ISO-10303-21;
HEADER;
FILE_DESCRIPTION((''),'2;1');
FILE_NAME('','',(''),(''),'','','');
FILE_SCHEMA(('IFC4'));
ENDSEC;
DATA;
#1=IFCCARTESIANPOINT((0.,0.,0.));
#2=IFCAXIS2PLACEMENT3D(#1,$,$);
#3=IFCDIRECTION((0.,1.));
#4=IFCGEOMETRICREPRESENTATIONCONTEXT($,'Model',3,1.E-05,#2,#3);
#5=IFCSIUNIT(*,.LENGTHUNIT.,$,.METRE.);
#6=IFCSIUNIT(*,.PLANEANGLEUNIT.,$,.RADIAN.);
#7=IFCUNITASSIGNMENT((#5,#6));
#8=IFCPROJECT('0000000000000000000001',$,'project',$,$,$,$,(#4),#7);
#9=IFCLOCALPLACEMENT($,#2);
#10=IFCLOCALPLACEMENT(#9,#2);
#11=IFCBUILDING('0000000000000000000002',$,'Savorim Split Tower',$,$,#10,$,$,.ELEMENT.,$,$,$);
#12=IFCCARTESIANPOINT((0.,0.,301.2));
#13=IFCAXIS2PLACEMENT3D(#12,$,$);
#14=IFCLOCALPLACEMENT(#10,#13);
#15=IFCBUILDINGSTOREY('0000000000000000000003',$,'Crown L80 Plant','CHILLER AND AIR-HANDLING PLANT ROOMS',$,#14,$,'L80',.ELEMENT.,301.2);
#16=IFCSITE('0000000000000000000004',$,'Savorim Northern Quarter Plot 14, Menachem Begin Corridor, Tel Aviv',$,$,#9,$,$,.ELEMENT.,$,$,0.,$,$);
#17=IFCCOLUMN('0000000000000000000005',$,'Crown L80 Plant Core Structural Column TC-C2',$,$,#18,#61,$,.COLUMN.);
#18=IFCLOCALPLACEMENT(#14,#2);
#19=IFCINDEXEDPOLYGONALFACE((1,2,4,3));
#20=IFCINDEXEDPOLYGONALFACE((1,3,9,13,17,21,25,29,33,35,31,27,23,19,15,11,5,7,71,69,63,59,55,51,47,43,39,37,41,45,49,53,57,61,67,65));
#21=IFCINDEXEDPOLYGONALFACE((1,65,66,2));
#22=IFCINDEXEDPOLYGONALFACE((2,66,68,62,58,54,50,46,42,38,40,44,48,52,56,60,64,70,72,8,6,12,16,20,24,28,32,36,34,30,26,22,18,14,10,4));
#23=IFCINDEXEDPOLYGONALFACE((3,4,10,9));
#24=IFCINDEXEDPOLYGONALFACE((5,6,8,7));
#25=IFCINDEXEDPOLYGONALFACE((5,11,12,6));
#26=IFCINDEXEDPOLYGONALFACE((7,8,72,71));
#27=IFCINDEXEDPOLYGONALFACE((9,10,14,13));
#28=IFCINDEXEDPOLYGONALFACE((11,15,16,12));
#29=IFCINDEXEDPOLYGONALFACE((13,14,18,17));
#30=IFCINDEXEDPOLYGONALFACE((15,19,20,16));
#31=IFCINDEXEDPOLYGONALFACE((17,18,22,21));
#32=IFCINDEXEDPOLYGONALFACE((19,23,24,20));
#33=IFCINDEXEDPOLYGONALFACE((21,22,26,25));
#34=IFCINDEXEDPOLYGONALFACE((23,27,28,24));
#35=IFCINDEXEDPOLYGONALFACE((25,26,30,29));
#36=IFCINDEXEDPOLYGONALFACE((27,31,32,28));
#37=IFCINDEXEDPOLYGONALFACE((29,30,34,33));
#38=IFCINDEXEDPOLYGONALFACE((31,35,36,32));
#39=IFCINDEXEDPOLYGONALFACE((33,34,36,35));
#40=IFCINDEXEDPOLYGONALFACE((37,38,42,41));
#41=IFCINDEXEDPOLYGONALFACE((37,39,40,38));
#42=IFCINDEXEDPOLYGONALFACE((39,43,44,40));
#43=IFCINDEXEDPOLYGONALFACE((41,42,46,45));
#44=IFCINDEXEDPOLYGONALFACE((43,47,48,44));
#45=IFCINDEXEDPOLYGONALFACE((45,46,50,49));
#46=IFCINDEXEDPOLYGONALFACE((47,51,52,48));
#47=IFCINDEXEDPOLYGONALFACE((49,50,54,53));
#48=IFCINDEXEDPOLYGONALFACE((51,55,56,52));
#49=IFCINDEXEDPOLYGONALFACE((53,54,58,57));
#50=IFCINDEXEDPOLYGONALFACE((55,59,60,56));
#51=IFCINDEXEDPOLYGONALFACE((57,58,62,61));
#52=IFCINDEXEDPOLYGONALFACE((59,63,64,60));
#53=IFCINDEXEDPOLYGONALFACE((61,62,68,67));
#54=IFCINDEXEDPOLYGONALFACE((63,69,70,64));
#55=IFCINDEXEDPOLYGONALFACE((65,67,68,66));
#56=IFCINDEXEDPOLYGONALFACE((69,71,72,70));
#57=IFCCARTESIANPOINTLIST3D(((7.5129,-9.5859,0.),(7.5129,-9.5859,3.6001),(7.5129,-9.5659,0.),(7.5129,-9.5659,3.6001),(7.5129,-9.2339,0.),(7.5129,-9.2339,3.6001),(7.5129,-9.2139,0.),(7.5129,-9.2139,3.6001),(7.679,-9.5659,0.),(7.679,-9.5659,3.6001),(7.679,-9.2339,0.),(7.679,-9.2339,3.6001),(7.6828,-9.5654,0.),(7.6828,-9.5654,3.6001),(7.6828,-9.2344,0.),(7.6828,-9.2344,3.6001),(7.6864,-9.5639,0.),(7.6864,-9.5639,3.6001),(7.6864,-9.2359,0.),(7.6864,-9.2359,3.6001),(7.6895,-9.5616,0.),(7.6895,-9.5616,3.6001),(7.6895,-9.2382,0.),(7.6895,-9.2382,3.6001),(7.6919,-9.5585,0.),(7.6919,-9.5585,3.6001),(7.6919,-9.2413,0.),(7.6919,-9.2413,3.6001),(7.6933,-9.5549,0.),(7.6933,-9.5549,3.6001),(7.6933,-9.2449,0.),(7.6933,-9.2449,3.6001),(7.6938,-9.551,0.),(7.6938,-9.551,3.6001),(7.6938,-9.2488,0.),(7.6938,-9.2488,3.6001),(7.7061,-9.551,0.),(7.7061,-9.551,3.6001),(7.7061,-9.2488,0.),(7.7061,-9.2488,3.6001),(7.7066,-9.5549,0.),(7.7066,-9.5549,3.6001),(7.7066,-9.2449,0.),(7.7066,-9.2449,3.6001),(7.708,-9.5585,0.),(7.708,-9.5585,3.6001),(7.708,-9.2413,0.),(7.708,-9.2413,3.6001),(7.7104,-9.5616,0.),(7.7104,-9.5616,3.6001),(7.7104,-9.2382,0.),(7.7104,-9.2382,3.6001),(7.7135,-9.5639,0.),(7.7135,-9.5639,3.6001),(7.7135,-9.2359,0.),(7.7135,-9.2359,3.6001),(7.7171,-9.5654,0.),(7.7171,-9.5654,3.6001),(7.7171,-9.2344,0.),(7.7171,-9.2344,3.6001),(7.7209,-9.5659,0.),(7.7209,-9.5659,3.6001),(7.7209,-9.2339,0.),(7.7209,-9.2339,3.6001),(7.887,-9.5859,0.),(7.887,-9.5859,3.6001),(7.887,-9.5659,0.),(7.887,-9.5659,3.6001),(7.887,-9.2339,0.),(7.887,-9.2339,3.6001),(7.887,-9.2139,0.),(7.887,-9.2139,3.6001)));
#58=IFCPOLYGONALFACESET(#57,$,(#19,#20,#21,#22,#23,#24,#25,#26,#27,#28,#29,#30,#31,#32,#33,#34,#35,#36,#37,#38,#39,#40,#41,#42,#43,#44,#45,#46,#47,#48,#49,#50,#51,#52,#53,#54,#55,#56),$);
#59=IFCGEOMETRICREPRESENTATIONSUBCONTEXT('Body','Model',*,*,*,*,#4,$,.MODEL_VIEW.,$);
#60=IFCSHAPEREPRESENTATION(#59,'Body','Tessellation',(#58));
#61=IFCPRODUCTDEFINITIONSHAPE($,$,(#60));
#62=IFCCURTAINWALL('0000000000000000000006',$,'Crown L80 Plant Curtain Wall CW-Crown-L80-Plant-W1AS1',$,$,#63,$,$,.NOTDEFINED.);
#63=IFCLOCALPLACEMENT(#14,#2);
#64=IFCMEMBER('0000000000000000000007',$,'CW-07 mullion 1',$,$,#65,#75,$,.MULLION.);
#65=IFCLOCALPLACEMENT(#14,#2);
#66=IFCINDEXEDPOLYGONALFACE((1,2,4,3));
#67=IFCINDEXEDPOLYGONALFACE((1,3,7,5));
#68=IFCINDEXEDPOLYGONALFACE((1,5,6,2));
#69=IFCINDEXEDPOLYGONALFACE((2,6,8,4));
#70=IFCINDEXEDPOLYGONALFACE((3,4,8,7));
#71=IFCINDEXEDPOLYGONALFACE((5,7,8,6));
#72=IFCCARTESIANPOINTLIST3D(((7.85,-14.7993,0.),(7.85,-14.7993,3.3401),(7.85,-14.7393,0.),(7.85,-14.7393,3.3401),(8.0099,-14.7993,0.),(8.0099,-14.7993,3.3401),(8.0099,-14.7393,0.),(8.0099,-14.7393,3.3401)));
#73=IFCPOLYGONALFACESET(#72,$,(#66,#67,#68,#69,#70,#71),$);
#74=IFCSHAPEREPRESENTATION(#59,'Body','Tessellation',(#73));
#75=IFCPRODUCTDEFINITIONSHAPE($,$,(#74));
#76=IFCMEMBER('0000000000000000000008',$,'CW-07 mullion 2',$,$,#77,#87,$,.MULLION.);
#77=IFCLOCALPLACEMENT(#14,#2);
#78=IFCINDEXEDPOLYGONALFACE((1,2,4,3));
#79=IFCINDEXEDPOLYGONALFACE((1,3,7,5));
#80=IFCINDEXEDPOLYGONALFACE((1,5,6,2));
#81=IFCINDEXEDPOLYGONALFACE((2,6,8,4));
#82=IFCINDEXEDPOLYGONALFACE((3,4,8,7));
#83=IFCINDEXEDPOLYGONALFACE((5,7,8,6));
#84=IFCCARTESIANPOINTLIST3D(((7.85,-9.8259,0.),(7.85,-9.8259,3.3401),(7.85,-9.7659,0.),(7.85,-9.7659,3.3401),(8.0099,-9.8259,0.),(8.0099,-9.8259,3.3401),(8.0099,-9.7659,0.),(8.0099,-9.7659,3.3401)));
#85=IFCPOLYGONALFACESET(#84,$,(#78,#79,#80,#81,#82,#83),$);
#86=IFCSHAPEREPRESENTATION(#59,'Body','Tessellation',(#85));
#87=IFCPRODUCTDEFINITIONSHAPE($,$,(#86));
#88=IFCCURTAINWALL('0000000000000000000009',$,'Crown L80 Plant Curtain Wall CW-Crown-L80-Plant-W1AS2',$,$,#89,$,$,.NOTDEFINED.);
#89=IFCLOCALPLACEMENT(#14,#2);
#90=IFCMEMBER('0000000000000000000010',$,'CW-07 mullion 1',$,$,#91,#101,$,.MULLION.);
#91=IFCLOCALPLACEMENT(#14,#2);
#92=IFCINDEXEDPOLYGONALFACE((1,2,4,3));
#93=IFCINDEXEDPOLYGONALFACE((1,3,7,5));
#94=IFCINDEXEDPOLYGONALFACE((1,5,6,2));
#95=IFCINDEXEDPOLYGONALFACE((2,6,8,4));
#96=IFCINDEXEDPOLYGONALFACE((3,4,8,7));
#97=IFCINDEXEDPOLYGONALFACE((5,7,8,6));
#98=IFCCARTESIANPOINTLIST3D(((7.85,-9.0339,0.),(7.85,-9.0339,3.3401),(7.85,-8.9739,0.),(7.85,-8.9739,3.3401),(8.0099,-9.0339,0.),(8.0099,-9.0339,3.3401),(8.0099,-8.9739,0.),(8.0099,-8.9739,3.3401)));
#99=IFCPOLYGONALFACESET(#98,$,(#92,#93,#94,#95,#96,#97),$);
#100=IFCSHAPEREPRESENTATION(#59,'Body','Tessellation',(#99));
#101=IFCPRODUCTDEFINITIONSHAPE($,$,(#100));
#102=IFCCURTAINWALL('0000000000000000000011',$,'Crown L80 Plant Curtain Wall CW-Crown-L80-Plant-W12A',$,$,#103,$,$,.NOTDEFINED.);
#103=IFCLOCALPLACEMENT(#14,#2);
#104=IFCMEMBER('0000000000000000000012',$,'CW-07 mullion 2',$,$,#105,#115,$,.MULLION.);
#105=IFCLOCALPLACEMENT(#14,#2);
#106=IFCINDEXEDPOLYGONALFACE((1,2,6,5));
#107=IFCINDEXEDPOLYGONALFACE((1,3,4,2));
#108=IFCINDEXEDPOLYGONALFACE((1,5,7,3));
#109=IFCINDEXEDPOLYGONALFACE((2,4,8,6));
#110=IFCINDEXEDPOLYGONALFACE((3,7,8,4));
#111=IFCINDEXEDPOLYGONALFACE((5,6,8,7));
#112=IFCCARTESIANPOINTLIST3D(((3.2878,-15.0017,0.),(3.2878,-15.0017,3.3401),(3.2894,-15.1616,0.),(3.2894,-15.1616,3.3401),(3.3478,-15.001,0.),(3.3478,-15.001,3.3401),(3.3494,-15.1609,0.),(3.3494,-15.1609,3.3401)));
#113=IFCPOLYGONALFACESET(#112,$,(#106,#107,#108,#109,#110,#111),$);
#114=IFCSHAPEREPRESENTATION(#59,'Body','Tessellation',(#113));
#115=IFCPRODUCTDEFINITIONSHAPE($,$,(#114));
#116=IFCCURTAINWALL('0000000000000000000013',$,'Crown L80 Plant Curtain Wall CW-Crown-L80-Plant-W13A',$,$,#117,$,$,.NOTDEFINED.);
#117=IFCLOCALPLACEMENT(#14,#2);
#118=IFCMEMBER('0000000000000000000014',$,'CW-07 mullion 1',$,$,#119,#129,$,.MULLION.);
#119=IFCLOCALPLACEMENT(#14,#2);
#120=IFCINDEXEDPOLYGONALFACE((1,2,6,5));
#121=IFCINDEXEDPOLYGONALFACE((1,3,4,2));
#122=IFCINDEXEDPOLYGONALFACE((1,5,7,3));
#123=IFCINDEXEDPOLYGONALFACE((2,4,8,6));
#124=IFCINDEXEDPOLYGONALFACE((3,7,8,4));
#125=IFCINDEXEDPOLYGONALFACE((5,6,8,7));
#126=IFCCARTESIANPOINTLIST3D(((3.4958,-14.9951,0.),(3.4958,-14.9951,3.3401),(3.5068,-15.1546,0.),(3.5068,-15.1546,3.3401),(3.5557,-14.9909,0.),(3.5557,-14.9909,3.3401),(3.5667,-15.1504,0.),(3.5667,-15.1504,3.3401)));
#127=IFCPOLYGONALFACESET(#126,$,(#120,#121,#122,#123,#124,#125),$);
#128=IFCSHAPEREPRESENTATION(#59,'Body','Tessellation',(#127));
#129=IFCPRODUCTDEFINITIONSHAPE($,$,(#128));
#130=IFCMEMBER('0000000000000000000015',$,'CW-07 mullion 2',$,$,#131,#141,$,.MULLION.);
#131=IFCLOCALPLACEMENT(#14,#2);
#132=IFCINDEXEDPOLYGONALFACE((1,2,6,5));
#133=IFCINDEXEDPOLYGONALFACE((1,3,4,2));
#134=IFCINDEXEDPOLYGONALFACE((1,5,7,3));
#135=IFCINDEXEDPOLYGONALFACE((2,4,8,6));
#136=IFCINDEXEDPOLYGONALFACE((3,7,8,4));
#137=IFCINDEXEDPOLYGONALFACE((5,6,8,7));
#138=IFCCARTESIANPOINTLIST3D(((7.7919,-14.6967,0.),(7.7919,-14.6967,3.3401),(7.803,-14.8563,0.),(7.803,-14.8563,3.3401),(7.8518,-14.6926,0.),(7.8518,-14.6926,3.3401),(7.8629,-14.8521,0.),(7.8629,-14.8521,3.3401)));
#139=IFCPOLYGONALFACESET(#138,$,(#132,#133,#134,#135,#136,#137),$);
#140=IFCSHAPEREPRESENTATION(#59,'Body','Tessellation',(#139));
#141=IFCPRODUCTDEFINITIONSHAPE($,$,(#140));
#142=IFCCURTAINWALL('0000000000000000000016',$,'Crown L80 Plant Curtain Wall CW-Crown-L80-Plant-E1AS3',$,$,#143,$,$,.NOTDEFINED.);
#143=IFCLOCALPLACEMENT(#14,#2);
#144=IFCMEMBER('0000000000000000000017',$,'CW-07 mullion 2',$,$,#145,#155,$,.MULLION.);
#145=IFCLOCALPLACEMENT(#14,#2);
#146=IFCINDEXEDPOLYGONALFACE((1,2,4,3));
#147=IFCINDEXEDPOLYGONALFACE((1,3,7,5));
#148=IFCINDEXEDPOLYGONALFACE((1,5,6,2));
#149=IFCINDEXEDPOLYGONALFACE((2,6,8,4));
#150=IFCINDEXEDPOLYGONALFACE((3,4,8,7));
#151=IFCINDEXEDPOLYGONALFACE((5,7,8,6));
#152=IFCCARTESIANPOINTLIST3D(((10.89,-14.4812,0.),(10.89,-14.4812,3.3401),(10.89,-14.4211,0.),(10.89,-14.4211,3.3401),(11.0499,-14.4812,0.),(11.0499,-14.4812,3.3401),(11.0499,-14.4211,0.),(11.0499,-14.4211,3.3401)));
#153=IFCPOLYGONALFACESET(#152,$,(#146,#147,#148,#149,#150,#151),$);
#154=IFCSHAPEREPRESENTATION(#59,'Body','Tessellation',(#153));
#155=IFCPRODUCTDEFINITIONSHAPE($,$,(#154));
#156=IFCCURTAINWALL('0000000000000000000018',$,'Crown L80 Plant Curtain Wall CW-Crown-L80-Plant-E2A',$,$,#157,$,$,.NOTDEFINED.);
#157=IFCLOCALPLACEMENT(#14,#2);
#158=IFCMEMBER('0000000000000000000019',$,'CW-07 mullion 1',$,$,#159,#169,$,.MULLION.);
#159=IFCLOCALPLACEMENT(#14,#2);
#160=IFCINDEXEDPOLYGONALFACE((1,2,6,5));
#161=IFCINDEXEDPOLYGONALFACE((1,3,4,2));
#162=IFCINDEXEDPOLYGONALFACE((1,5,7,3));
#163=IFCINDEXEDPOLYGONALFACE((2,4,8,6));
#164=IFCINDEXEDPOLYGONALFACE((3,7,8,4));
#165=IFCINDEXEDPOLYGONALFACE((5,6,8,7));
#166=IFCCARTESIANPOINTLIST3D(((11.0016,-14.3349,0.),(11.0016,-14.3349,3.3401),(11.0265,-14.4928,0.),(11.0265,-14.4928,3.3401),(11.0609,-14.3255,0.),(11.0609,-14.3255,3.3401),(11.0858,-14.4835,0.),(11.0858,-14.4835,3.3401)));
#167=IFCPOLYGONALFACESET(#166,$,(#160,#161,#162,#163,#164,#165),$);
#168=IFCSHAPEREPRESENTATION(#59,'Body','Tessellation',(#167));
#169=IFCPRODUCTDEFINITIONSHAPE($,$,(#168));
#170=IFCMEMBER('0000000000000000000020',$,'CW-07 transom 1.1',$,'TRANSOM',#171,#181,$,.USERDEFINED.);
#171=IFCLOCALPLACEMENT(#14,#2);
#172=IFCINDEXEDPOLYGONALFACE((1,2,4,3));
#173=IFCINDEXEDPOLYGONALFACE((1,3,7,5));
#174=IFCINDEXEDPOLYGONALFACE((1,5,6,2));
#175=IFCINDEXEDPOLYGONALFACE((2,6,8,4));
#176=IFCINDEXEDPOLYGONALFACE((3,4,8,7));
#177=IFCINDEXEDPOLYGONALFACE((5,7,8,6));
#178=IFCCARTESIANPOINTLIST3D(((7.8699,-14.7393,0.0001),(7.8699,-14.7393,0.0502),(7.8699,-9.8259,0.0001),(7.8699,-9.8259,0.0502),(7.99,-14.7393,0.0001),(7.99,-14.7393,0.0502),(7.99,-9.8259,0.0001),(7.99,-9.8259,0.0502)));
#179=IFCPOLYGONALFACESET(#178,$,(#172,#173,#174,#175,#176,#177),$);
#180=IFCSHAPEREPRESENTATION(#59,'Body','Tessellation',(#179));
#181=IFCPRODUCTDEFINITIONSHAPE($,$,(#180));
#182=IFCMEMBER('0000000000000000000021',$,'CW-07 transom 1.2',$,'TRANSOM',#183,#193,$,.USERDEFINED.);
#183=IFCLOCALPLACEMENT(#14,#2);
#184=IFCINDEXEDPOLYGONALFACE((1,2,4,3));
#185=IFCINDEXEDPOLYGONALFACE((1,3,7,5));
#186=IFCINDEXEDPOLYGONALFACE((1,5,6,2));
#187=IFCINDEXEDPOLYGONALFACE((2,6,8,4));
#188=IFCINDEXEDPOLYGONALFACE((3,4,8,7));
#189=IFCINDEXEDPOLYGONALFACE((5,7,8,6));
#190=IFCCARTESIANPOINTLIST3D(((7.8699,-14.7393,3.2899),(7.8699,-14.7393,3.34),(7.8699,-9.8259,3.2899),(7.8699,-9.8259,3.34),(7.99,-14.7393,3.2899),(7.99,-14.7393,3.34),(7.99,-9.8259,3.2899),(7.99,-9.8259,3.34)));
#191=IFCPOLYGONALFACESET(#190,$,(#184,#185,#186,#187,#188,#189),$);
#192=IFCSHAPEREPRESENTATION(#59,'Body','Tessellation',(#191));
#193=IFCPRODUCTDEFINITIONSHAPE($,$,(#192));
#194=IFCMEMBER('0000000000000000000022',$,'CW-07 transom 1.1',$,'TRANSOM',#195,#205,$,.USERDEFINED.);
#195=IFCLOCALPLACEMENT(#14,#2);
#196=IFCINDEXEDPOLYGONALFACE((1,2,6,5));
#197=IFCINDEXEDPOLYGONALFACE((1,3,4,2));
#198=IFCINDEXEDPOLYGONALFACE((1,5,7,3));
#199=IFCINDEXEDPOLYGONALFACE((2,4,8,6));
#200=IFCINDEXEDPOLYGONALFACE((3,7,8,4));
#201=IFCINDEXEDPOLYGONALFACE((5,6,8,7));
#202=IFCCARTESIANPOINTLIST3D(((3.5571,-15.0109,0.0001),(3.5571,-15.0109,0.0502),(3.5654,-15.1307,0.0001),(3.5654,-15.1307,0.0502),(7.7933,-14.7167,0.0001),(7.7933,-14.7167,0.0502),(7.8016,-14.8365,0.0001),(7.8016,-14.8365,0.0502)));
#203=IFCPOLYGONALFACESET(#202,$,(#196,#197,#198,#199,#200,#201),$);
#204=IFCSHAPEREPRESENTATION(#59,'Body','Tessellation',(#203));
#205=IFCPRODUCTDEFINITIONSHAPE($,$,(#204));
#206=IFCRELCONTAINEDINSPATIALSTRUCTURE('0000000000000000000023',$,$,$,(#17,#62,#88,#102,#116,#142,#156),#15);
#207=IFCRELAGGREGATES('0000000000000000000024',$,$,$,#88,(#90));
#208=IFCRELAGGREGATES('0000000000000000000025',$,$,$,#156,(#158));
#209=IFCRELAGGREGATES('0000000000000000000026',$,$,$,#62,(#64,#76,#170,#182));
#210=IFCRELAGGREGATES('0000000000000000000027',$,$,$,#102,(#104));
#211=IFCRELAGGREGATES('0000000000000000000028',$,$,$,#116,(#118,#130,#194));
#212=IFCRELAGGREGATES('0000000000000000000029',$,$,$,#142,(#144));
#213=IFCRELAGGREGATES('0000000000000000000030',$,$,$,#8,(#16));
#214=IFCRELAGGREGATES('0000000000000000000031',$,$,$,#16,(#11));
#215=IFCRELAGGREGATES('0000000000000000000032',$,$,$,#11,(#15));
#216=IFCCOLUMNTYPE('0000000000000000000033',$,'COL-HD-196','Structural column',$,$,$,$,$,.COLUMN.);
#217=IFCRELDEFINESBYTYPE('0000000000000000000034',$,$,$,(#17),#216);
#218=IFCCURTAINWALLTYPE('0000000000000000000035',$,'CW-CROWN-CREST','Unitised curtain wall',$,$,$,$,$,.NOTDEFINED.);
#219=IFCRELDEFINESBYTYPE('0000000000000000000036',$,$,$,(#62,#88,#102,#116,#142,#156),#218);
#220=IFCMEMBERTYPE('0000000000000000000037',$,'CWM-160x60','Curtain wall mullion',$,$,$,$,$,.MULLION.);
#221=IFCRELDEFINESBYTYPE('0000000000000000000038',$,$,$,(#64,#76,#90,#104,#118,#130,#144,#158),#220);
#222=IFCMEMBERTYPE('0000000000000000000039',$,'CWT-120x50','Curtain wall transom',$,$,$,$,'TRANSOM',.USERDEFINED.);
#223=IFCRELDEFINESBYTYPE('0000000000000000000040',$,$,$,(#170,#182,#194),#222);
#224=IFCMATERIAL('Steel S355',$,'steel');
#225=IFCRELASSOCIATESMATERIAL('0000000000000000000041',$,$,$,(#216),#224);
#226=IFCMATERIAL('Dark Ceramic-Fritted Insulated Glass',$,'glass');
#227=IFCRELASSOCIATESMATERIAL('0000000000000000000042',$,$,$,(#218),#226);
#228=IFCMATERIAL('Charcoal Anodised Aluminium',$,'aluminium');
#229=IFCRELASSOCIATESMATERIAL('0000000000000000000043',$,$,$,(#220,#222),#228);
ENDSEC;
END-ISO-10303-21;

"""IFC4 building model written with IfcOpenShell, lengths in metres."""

from ifc_helpers import new_model, si_unit, direction, frame, origin, origin_2d, place, context, subcontext, project, spatial, rectangle, i_section, extrude, material, material_profile, profile_set, type_object, element, aggregate, save


model = new_model("IFC4")

# Units and contexts
model_context = context("Model", 3, precision=1e-05, world=origin(), true_north=direction((0.0, 1.0)))
body_context = subcontext(model_context, "Body", "Model", "MODEL_VIEW")
ifc_project = project(units=[si_unit("LENGTHUNIT", "METRE"), si_unit("PLANEANGLEUNIT", "RADIAN")], contexts=[model_context])

# Site, building, storey
site_placement = place(None, origin())
site = spatial("IfcSite", under=ifc_project, at=site_placement, Name="Savorim Northern Quarter Plot 14, Menachem Begin Corridor, Tel Aviv", CompositionType="ELEMENT", RefElevation=0.0)
building_placement = place(site_placement, origin())
building = spatial("IfcBuilding", under=site, at=building_placement, Name="Savorim Split Tower", CompositionType="ELEMENT")
storey_placement = place(building_placement, frame((0.0, 0.0, 301.2)))
storey = spatial("IfcBuildingStorey", under=building, at=storey_placement, Name="Crown L80 Plant", Description="CHILLER AND AIR-HANDLING PLANT ROOMS", LongName="L80", CompositionType="ELEMENT", Elevation=301.2)

# Column
ifc_material_1 = material(Name="Steel S355", Category="steel")
ifc_material_profile_1 = material_profile(ifc_material_1, i_section(OverallWidth=0.374, OverallDepth=0.3721, WebThickness=0.0122, FlangeThickness=0.02, FilletRadius=0.0149, at=origin_2d()), Name="HD 360x196")
ifc_profile_set_1 = profile_set([ifc_material_profile_1], Name="Steel S355")
column_type = type_object("IfcColumnType", Name="COL-HD-196", Description="Structural column", PredefinedType="COLUMN", material=ifc_profile_set_1)
column_placement = place(storey_placement, frame((7.7, -9.3999, 0.0), z_axis=(0.0, 0.0, 1.0), x_axis=(1.0, 0.0, 0.0)))
element("IfcColumn", 1, at=column_placement, inside=storey, type_object=column_type, Name="Crown L80 Plant Core Structural Column TC-C2", PredefinedType="COLUMN", context=body_context, shape_type="SweptSolid", body=[
    extrude(i_section(OverallWidth=0.374, OverallDepth=0.3721, WebThickness=0.0122, FlangeThickness=0.02, FilletRadius=0.0149, at=origin_2d()), origin(), (0.0, 0.0, 1.0), 3.6001),
])

# Curtain wall, members
ifc_material_2 = material(Name="Dark Ceramic-Fritted Insulated Glass", Category="glass")
curtain_wall_type = type_object("IfcCurtainWallType", Name="CW-CROWN-CREST", Description="Unitised curtain wall", PredefinedType="NOTDEFINED", material=ifc_material_2)
curtain_wall_1_placement = place(storey_placement, origin())
curtain_wall_1 = element("IfcCurtainWall", 2, at=curtain_wall_1_placement, inside=storey, type_object=curtain_wall_type, Name="Crown L80 Plant Curtain Wall CW-Crown-L80-Plant-W1AS1", PredefinedType="NOTDEFINED")
ifc_material_3 = material(Name="Charcoal Anodised Aluminium", Category="aluminium")
ifc_material_profile_2 = material_profile(ifc_material_3, rectangle(XDim=0.1599, YDim=0.0601, at=origin_2d()), Name="ALU-M 160x60")
ifc_profile_set_2 = profile_set([ifc_material_profile_2], Name="Charcoal Anodised Aluminium")
member_type_1 = type_object("IfcMemberType", Name="CWM-160x60", Description="Curtain wall mullion", PredefinedType="MULLION", material=ifc_profile_set_2)
member_1_placement = place(storey_placement, frame((7.9299, -14.7693, 0.0), z_axis=(0.0, 0.0, 1.0), x_axis=(-1.0, 0.0, 0.0)))
member_1 = element("IfcMember", 3, at=member_1_placement, type_object=member_type_1, Name="CW-07 mullion 1", PredefinedType="MULLION", context=body_context, shape_type="SweptSolid", body=[
    extrude(rectangle(XDim=0.1599, YDim=0.0601, at=origin_2d()), origin(), (0.0, 0.0, 1.0), 3.3401),
])
member_2_placement = place(storey_placement, frame((7.9299, -9.7959, 0.0), z_axis=(0.0, 0.0, 1.0), x_axis=(-1.0, 0.0, 0.0)))
member_2 = element("IfcMember", 4, at=member_2_placement, type_object=member_type_1, Name="CW-07 mullion 2", PredefinedType="MULLION", context=body_context, shape_type="SweptSolid", body=[
    extrude(rectangle(XDim=0.1599, YDim=0.0601, at=origin_2d()), origin(), (0.0, 0.0, 1.0), 3.3401),
])

# Curtain walls, members
curtain_wall_2_placement = place(storey_placement, origin())
curtain_wall_2 = element("IfcCurtainWall", 5, at=curtain_wall_2_placement, inside=storey, type_object=curtain_wall_type, Name="Crown L80 Plant Curtain Wall CW-Crown-L80-Plant-W1AS2", PredefinedType="NOTDEFINED")
member_3_placement = place(storey_placement, frame((7.9299, -9.0039, 0.0), z_axis=(0.0, 0.0, 1.0), x_axis=(-1.0, 0.0, 0.0)))
member_3 = element("IfcMember", 6, at=member_3_placement, type_object=member_type_1, Name="CW-07 mullion 1", PredefinedType="MULLION", context=body_context, shape_type="SweptSolid", body=[
    extrude(rectangle(XDim=0.1599, YDim=0.0601, at=origin_2d()), origin(), (0.0, 0.0, 1.0), 3.3401),
])
aggregate(curtain_wall_2, [member_3])
curtain_wall_3_placement = place(storey_placement, origin())
curtain_wall_3 = element("IfcCurtainWall", 7, at=curtain_wall_3_placement, inside=storey, type_object=curtain_wall_type, Name="Crown L80 Plant Curtain Wall CW-Crown-L80-Plant-W12A", PredefinedType="NOTDEFINED")
member_4_placement = place(storey_placement, frame((3.3186, -15.0813, 0.0), z_axis=(0.0, 0.0, 1.0), x_axis=(-0.01023, 0.999948, 0.0)))
member_4 = element("IfcMember", 8, at=member_4_placement, type_object=member_type_1, Name="CW-07 mullion 2", PredefinedType="MULLION", context=body_context, shape_type="SweptSolid", body=[
    extrude(rectangle(XDim=0.1599, YDim=0.0601, at=origin_2d()), origin(), (0.0, 0.0, 1.0), 3.3401),
])

# Curtain wall, members
curtain_wall_4_placement = place(storey_placement, origin())
curtain_wall_4 = element("IfcCurtainWall", 9, at=curtain_wall_4_placement, inside=storey, type_object=curtain_wall_type, Name="Crown L80 Plant Curtain Wall CW-Crown-L80-Plant-W13A", PredefinedType="NOTDEFINED")
member_5_placement = place(storey_placement, frame((3.5312, -15.0728, 0.0), z_axis=(0.0, 0.0, 1.0), x_axis=(-0.069281, 0.997597, 0.0)))
member_5 = element("IfcMember", 10, at=member_5_placement, type_object=member_type_1, Name="CW-07 mullion 1", PredefinedType="MULLION", context=body_context, shape_type="SweptSolid", body=[
    extrude(rectangle(XDim=0.1599, YDim=0.0601, at=origin_2d()), origin(), (0.0, 0.0, 1.0), 3.3401),
])
member_6_placement = place(storey_placement, frame((7.8274, -14.7744, 0.0), z_axis=(0.0, 0.0, 1.0), x_axis=(-0.069281, 0.997597, 0.0)))
member_6 = element("IfcMember", 11, at=member_6_placement, type_object=member_type_1, Name="CW-07 mullion 2", PredefinedType="MULLION", context=body_context, shape_type="SweptSolid", body=[
    extrude(rectangle(XDim=0.1599, YDim=0.0601, at=origin_2d()), origin(), (0.0, 0.0, 1.0), 3.3401),
])

# Curtain walls, members
curtain_wall_5_placement = place(storey_placement, origin())
curtain_wall_5 = element("IfcCurtainWall", 12, at=curtain_wall_5_placement, inside=storey, type_object=curtain_wall_type, Name="Crown L80 Plant Curtain Wall CW-Crown-L80-Plant-E1AS3", PredefinedType="NOTDEFINED")
member_7_placement = place(storey_placement, frame((10.97, -14.4512, 0.0), z_axis=(0.0, 0.0, 1.0), x_axis=(1.0, 0.0, 0.0)))
member_7 = element("IfcMember", 13, at=member_7_placement, type_object=member_type_1, Name="CW-07 mullion 2", PredefinedType="MULLION", context=body_context, shape_type="SweptSolid", body=[
    extrude(rectangle(XDim=0.1599, YDim=0.0601, at=origin_2d()), origin(), (0.0, 0.0, 1.0), 3.3401),
])
curtain_wall_6_placement = place(storey_placement, origin())
curtain_wall_6 = element("IfcCurtainWall", 14, at=curtain_wall_6_placement, inside=storey, type_object=curtain_wall_type, Name="Crown L80 Plant Curtain Wall CW-Crown-L80-Plant-E2A", PredefinedType="NOTDEFINED")
member_8_placement = place(storey_placement, frame((11.0437, -14.4092, 0.0), z_axis=(0.0, 0.0, 1.0), x_axis=(-0.155472, 0.98784, 0.0)))
member_8 = element("IfcMember", 15, at=member_8_placement, type_object=member_type_1, Name="CW-07 mullion 1", PredefinedType="MULLION", context=body_context, shape_type="SweptSolid", body=[
    extrude(rectangle(XDim=0.1599, YDim=0.0601, at=origin_2d()), origin(), (0.0, 0.0, 1.0), 3.3401),
])

# Members
ifc_material_profile_3 = material_profile(ifc_material_3, rectangle(XDim=0.1201, YDim=0.05, at=origin_2d()), Name="ALU-T 120x50")
ifc_profile_set_3 = profile_set([ifc_material_profile_3], Name="Charcoal Anodised Aluminium")
member_type_2 = type_object("IfcMemberType", Name="CWT-120x50", Description="Curtain wall transom", ElementType="TRANSOM", PredefinedType="USERDEFINED", material=ifc_profile_set_3)
member_9_placement = place(storey_placement, frame((7.9299, -14.7393, 0.0251), z_axis=(0.0, 1.0, 0.0), x_axis=(-1.0, 0.0, 0.0)))
member_9 = element("IfcMember", 16, at=member_9_placement, type_object=member_type_2, Name="CW-07 transom 1.1", ObjectType="TRANSOM", PredefinedType="USERDEFINED", context=body_context, shape_type="SweptSolid", body=[
    extrude(rectangle(XDim=0.1201, YDim=0.05, at=origin_2d()), origin(), (0.0, 0.0, 1.0), 4.9133),
])
member_10_placement = place(storey_placement, frame((7.9299, -14.7393, 3.3149), z_axis=(0.0, 1.0, 0.0), x_axis=(-1.0, 0.0, 0.0)))
member_10 = element("IfcMember", 17, at=member_10_placement, type_object=member_type_2, Name="CW-07 transom 1.2", ObjectType="TRANSOM", PredefinedType="USERDEFINED", context=body_context, shape_type="SweptSolid", body=[
    extrude(rectangle(XDim=0.1201, YDim=0.05, at=origin_2d()), origin(), (0.0, 0.0, 1.0), 4.9133),
])
member_11_placement = place(storey_placement, frame((3.5613, -15.0708, 0.0251), z_axis=(0.997597, 0.069282, 0.0), x_axis=(-0.069282, 0.997597, 0.0)))
member_11 = element("IfcMember", 18, at=member_11_placement, type_object=member_type_2, Name="CW-07 transom 1.1", ObjectType="TRANSOM", PredefinedType="USERDEFINED", context=body_context, shape_type="SweptSolid", body=[
    extrude(rectangle(XDim=0.1201, YDim=0.05, at=origin_2d()), origin(), (0.0, 0.0, 1.0), 4.2463),
])
aggregate(curtain_wall_6, [member_8])

aggregate(curtain_wall_1, [member_1, member_2, member_9, member_10])
aggregate(curtain_wall_3, [member_4])
aggregate(curtain_wall_4, [member_5, member_6, member_11])
aggregate(curtain_wall_5, [member_7])

save(model, "model.ifc")
